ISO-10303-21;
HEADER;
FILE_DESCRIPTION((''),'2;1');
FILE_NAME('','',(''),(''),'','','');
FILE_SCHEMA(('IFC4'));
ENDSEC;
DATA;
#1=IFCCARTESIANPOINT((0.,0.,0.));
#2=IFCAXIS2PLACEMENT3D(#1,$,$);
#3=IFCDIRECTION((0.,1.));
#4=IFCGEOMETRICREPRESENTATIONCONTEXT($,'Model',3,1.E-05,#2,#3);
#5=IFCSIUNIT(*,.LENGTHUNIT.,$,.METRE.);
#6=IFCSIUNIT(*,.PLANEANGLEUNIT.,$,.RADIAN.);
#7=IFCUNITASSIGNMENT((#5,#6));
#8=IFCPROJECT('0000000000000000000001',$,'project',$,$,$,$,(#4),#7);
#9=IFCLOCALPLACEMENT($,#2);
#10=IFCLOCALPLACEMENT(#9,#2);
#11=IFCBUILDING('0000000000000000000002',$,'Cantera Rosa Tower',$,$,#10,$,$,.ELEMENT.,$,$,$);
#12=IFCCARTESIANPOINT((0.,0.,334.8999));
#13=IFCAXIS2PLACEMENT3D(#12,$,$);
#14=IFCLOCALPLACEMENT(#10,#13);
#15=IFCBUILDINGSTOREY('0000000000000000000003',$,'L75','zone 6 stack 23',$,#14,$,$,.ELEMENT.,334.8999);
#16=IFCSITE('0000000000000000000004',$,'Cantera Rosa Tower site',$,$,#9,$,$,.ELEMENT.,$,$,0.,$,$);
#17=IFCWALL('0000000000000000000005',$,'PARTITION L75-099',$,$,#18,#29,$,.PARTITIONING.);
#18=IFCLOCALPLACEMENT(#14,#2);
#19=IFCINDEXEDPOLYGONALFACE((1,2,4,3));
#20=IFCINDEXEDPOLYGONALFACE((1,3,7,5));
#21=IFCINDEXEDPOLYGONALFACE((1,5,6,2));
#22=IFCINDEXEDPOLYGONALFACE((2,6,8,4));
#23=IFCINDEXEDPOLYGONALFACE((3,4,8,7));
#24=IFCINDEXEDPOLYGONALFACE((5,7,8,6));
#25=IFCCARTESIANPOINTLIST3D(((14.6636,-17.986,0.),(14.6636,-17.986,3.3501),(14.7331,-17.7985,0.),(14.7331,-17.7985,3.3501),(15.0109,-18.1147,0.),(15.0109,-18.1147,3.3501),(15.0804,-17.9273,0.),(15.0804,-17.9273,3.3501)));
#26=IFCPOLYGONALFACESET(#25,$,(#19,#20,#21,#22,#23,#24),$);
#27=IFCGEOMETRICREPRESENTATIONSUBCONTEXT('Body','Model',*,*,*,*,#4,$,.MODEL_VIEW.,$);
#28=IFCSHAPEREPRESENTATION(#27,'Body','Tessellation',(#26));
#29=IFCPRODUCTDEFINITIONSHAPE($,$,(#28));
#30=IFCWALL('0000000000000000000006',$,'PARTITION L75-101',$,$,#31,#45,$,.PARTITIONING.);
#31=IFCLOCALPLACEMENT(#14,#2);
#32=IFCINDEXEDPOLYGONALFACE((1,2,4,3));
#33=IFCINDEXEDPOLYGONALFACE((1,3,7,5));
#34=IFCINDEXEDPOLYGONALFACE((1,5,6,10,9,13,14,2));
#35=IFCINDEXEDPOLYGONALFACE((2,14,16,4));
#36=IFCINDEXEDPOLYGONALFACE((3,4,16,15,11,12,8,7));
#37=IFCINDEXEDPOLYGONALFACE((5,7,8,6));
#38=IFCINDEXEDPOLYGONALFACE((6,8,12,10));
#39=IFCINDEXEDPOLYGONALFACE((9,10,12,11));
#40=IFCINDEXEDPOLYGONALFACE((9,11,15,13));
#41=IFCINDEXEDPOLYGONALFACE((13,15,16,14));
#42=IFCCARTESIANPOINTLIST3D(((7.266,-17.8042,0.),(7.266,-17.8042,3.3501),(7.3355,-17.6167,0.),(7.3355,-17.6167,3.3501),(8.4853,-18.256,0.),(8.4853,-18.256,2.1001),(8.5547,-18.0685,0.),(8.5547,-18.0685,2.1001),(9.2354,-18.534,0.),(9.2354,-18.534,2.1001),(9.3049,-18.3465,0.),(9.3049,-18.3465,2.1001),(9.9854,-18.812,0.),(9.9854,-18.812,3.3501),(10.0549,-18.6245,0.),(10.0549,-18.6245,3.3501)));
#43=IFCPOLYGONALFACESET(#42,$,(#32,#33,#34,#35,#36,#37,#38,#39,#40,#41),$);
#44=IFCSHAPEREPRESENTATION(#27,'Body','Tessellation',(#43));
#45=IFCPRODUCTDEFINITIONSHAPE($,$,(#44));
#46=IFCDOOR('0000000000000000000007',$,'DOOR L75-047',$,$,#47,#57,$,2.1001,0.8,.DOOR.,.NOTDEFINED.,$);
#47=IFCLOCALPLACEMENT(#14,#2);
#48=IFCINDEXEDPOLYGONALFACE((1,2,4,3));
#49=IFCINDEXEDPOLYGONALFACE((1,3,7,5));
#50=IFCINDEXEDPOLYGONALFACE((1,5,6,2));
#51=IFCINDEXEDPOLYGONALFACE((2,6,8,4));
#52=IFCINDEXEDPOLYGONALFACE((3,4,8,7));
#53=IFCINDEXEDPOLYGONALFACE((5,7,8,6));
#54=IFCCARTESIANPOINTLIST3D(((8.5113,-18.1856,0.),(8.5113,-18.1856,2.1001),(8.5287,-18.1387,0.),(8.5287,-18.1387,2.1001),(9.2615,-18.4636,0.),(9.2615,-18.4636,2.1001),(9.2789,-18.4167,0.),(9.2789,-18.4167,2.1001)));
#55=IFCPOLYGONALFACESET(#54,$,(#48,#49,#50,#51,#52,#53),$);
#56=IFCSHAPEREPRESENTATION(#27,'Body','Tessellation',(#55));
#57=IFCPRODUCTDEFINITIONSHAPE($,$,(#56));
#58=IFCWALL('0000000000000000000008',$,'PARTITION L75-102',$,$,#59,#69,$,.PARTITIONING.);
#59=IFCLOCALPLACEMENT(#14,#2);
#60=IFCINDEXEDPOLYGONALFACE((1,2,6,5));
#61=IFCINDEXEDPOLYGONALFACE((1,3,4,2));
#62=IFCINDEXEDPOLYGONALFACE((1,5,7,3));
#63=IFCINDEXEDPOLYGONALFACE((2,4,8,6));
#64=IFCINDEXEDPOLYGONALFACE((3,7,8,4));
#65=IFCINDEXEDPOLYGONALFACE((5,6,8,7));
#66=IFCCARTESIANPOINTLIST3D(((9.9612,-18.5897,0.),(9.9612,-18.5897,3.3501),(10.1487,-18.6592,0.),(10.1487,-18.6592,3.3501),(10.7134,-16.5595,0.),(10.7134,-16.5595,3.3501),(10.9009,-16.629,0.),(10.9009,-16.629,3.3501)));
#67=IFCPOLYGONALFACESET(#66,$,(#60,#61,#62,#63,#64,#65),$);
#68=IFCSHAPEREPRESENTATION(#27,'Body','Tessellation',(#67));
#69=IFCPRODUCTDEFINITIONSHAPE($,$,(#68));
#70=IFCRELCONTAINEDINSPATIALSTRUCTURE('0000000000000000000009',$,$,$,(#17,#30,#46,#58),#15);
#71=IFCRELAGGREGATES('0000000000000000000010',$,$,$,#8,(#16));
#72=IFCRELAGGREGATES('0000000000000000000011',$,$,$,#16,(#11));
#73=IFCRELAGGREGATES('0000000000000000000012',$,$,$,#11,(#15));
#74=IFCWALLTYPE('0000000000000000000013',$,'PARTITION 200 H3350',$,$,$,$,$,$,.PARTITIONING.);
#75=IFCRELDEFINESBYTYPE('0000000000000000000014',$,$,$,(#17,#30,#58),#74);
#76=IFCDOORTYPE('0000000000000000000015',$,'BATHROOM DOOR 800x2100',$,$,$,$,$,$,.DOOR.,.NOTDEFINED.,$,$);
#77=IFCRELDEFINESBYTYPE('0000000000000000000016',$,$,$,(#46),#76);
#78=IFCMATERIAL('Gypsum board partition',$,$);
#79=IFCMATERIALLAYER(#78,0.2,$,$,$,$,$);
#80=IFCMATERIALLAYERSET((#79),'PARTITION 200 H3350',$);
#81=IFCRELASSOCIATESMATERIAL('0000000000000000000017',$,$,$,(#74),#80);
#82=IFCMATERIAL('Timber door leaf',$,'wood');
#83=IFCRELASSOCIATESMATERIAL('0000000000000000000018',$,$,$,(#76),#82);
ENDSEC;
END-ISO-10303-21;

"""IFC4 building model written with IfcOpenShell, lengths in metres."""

from ifc_helpers import new_model, si_unit, direction, frame, frame_2d, origin, place, context, subcontext, project, spatial, rectangle, extrude, material, layer, layer_set, type_object, element, fill, save


model = new_model("IFC4")

# Units and contexts
model_context = context("Model", 3, precision=1e-05, world=origin(), true_north=direction((0.0, 1.0)))
body_context = subcontext(model_context, "Body", "Model", "MODEL_VIEW")
ifc_project = project(units=[si_unit("LENGTHUNIT", "METRE"), si_unit("PLANEANGLEUNIT", "RADIAN")], contexts=[model_context])

# Site, building, storey
site_placement = place(None, origin())
site = spatial("IfcSite", under=ifc_project, at=site_placement, Name="Cantera Rosa Tower site", CompositionType="ELEMENT", RefElevation=0.0)
building_placement = place(site_placement, origin())
building = spatial("IfcBuilding", under=site, at=building_placement, Name="Cantera Rosa Tower", CompositionType="ELEMENT")
storey_placement = place(building_placement, frame((0.0, 0.0, 334.8999)))
storey = spatial("IfcBuildingStorey", under=building, at=storey_placement, Name="L75", Description="zone 6 stack 23", CompositionType="ELEMENT", Elevation=334.8999)

# Shared definitions
ifc_material_1 = material(Name="Gypsum board partition")
ifc_layer_1 = layer(ifc_material_1, 0.2)
ifc_layer_set_1 = layer_set([ifc_layer_1], Name="PARTITION 200 H3350")
wall_type_1 = type_object("IfcWallType", Name="PARTITION 200 H3350", PredefinedType="PARTITIONING", material=ifc_layer_set_1)

# Wall
wall_1_placement = place(storey_placement, frame((14.6985, -17.8923, 0.0), z_axis=(0.0, 0.0, 1.0), x_axis=(0.937677, -0.347508, 0.0)))
element("IfcWall", 1, at=wall_1_placement, inside=storey, type_object=wall_type_1, Name="PARTITION L75-099", PredefinedType="PARTITIONING", context=body_context, shape_type="SweptSolid", body=[
    extrude(rectangle(XDim=0.3704, YDim=0.2, at=frame_2d((0.1851, 0.0))), origin(), (0.0, 0.0, 1.0), 3.3501),
])

# Wall, opening, door
wall_2_placement = place(storey_placement, frame((10.0203, -18.7183, 0.0), z_axis=(0.0, 0.0, 1.0), x_axis=(-0.937682, 0.347495, 0.0)))
wall_2 = element("IfcWall", 2, at=wall_2_placement, inside=storey, type_object=wall_type_1, Name="PARTITION L75-101", PredefinedType="PARTITIONING", context=body_context, shape_type="SweptSolid", body=[
    extrude(rectangle(XDim=2.9001, YDim=0.2, at=frame_2d((1.4502, 0.0))), origin(), (0.0, 0.0, 1.0), 3.3501),
])
opening_1_placement = place(wall_2_placement, frame((0.8, 0.0, 0.0)))
opening_1 = element("IfcOpeningElement", 3, at=opening_1_placement, cuts=wall_2, PredefinedType="OPENING", context=body_context, shape_type="SweptSolid", body=[
    extrude(rectangle(XDim=0.8, YDim=2.1001, at=frame_2d((0.3999, 1.05))), frame((0.0, 0.1099, 0.0), z_axis=(0.0, -1.0, 0.0), x_axis=(1.0, 0.0, 0.0)), (0.0, 0.0, 1.0), 0.22),
])
ifc_material_2 = material(Name="Timber door leaf", Category="wood")
door_type_1 = type_object("IfcDoorType", Name="BATHROOM DOOR 800x2100", OperationType="NOTDEFINED", PredefinedType="DOOR", material=ifc_material_2)
door_1_placement = place(opening_1_placement, origin())
door_1 = element("IfcDoor", 4, at=door_1_placement, inside=storey, type_object=door_type_1, Name="DOOR L75-047", OperationType="NOTDEFINED", OverallHeight=2.1001, OverallWidth=0.8, PredefinedType="DOOR", context=body_context, shape_type="SweptSolid", body=[
    extrude(rectangle(XDim=0.8, YDim=2.1001, at=frame_2d((0.3999, 1.05))), frame((0.0, 0.0249, 0.0), z_axis=(0.0, -1.0, 0.0), x_axis=(1.0, 0.0, 0.0)), (0.0, 0.0, 1.0), 0.05),
])
fill(opening_1, door_1)

# Wall
wall_3_placement = place(storey_placement, frame((10.8071, -16.5942, 0.0), z_axis=(0.0, 0.0, 1.0), x_axis=(-0.347414, -0.937712, 0.0)))
element("IfcWall", 5, at=wall_3_placement, inside=storey, type_object=wall_type_1, Name="PARTITION L75-102", PredefinedType="PARTITIONING", context=body_context, shape_type="SweptSolid", body=[
    extrude(rectangle(XDim=2.165, YDim=0.2, at=frame_2d((1.0825, 0.0))), origin(), (0.0, 0.0, 1.0), 3.3501),
])

save(model, "model.ifc")
